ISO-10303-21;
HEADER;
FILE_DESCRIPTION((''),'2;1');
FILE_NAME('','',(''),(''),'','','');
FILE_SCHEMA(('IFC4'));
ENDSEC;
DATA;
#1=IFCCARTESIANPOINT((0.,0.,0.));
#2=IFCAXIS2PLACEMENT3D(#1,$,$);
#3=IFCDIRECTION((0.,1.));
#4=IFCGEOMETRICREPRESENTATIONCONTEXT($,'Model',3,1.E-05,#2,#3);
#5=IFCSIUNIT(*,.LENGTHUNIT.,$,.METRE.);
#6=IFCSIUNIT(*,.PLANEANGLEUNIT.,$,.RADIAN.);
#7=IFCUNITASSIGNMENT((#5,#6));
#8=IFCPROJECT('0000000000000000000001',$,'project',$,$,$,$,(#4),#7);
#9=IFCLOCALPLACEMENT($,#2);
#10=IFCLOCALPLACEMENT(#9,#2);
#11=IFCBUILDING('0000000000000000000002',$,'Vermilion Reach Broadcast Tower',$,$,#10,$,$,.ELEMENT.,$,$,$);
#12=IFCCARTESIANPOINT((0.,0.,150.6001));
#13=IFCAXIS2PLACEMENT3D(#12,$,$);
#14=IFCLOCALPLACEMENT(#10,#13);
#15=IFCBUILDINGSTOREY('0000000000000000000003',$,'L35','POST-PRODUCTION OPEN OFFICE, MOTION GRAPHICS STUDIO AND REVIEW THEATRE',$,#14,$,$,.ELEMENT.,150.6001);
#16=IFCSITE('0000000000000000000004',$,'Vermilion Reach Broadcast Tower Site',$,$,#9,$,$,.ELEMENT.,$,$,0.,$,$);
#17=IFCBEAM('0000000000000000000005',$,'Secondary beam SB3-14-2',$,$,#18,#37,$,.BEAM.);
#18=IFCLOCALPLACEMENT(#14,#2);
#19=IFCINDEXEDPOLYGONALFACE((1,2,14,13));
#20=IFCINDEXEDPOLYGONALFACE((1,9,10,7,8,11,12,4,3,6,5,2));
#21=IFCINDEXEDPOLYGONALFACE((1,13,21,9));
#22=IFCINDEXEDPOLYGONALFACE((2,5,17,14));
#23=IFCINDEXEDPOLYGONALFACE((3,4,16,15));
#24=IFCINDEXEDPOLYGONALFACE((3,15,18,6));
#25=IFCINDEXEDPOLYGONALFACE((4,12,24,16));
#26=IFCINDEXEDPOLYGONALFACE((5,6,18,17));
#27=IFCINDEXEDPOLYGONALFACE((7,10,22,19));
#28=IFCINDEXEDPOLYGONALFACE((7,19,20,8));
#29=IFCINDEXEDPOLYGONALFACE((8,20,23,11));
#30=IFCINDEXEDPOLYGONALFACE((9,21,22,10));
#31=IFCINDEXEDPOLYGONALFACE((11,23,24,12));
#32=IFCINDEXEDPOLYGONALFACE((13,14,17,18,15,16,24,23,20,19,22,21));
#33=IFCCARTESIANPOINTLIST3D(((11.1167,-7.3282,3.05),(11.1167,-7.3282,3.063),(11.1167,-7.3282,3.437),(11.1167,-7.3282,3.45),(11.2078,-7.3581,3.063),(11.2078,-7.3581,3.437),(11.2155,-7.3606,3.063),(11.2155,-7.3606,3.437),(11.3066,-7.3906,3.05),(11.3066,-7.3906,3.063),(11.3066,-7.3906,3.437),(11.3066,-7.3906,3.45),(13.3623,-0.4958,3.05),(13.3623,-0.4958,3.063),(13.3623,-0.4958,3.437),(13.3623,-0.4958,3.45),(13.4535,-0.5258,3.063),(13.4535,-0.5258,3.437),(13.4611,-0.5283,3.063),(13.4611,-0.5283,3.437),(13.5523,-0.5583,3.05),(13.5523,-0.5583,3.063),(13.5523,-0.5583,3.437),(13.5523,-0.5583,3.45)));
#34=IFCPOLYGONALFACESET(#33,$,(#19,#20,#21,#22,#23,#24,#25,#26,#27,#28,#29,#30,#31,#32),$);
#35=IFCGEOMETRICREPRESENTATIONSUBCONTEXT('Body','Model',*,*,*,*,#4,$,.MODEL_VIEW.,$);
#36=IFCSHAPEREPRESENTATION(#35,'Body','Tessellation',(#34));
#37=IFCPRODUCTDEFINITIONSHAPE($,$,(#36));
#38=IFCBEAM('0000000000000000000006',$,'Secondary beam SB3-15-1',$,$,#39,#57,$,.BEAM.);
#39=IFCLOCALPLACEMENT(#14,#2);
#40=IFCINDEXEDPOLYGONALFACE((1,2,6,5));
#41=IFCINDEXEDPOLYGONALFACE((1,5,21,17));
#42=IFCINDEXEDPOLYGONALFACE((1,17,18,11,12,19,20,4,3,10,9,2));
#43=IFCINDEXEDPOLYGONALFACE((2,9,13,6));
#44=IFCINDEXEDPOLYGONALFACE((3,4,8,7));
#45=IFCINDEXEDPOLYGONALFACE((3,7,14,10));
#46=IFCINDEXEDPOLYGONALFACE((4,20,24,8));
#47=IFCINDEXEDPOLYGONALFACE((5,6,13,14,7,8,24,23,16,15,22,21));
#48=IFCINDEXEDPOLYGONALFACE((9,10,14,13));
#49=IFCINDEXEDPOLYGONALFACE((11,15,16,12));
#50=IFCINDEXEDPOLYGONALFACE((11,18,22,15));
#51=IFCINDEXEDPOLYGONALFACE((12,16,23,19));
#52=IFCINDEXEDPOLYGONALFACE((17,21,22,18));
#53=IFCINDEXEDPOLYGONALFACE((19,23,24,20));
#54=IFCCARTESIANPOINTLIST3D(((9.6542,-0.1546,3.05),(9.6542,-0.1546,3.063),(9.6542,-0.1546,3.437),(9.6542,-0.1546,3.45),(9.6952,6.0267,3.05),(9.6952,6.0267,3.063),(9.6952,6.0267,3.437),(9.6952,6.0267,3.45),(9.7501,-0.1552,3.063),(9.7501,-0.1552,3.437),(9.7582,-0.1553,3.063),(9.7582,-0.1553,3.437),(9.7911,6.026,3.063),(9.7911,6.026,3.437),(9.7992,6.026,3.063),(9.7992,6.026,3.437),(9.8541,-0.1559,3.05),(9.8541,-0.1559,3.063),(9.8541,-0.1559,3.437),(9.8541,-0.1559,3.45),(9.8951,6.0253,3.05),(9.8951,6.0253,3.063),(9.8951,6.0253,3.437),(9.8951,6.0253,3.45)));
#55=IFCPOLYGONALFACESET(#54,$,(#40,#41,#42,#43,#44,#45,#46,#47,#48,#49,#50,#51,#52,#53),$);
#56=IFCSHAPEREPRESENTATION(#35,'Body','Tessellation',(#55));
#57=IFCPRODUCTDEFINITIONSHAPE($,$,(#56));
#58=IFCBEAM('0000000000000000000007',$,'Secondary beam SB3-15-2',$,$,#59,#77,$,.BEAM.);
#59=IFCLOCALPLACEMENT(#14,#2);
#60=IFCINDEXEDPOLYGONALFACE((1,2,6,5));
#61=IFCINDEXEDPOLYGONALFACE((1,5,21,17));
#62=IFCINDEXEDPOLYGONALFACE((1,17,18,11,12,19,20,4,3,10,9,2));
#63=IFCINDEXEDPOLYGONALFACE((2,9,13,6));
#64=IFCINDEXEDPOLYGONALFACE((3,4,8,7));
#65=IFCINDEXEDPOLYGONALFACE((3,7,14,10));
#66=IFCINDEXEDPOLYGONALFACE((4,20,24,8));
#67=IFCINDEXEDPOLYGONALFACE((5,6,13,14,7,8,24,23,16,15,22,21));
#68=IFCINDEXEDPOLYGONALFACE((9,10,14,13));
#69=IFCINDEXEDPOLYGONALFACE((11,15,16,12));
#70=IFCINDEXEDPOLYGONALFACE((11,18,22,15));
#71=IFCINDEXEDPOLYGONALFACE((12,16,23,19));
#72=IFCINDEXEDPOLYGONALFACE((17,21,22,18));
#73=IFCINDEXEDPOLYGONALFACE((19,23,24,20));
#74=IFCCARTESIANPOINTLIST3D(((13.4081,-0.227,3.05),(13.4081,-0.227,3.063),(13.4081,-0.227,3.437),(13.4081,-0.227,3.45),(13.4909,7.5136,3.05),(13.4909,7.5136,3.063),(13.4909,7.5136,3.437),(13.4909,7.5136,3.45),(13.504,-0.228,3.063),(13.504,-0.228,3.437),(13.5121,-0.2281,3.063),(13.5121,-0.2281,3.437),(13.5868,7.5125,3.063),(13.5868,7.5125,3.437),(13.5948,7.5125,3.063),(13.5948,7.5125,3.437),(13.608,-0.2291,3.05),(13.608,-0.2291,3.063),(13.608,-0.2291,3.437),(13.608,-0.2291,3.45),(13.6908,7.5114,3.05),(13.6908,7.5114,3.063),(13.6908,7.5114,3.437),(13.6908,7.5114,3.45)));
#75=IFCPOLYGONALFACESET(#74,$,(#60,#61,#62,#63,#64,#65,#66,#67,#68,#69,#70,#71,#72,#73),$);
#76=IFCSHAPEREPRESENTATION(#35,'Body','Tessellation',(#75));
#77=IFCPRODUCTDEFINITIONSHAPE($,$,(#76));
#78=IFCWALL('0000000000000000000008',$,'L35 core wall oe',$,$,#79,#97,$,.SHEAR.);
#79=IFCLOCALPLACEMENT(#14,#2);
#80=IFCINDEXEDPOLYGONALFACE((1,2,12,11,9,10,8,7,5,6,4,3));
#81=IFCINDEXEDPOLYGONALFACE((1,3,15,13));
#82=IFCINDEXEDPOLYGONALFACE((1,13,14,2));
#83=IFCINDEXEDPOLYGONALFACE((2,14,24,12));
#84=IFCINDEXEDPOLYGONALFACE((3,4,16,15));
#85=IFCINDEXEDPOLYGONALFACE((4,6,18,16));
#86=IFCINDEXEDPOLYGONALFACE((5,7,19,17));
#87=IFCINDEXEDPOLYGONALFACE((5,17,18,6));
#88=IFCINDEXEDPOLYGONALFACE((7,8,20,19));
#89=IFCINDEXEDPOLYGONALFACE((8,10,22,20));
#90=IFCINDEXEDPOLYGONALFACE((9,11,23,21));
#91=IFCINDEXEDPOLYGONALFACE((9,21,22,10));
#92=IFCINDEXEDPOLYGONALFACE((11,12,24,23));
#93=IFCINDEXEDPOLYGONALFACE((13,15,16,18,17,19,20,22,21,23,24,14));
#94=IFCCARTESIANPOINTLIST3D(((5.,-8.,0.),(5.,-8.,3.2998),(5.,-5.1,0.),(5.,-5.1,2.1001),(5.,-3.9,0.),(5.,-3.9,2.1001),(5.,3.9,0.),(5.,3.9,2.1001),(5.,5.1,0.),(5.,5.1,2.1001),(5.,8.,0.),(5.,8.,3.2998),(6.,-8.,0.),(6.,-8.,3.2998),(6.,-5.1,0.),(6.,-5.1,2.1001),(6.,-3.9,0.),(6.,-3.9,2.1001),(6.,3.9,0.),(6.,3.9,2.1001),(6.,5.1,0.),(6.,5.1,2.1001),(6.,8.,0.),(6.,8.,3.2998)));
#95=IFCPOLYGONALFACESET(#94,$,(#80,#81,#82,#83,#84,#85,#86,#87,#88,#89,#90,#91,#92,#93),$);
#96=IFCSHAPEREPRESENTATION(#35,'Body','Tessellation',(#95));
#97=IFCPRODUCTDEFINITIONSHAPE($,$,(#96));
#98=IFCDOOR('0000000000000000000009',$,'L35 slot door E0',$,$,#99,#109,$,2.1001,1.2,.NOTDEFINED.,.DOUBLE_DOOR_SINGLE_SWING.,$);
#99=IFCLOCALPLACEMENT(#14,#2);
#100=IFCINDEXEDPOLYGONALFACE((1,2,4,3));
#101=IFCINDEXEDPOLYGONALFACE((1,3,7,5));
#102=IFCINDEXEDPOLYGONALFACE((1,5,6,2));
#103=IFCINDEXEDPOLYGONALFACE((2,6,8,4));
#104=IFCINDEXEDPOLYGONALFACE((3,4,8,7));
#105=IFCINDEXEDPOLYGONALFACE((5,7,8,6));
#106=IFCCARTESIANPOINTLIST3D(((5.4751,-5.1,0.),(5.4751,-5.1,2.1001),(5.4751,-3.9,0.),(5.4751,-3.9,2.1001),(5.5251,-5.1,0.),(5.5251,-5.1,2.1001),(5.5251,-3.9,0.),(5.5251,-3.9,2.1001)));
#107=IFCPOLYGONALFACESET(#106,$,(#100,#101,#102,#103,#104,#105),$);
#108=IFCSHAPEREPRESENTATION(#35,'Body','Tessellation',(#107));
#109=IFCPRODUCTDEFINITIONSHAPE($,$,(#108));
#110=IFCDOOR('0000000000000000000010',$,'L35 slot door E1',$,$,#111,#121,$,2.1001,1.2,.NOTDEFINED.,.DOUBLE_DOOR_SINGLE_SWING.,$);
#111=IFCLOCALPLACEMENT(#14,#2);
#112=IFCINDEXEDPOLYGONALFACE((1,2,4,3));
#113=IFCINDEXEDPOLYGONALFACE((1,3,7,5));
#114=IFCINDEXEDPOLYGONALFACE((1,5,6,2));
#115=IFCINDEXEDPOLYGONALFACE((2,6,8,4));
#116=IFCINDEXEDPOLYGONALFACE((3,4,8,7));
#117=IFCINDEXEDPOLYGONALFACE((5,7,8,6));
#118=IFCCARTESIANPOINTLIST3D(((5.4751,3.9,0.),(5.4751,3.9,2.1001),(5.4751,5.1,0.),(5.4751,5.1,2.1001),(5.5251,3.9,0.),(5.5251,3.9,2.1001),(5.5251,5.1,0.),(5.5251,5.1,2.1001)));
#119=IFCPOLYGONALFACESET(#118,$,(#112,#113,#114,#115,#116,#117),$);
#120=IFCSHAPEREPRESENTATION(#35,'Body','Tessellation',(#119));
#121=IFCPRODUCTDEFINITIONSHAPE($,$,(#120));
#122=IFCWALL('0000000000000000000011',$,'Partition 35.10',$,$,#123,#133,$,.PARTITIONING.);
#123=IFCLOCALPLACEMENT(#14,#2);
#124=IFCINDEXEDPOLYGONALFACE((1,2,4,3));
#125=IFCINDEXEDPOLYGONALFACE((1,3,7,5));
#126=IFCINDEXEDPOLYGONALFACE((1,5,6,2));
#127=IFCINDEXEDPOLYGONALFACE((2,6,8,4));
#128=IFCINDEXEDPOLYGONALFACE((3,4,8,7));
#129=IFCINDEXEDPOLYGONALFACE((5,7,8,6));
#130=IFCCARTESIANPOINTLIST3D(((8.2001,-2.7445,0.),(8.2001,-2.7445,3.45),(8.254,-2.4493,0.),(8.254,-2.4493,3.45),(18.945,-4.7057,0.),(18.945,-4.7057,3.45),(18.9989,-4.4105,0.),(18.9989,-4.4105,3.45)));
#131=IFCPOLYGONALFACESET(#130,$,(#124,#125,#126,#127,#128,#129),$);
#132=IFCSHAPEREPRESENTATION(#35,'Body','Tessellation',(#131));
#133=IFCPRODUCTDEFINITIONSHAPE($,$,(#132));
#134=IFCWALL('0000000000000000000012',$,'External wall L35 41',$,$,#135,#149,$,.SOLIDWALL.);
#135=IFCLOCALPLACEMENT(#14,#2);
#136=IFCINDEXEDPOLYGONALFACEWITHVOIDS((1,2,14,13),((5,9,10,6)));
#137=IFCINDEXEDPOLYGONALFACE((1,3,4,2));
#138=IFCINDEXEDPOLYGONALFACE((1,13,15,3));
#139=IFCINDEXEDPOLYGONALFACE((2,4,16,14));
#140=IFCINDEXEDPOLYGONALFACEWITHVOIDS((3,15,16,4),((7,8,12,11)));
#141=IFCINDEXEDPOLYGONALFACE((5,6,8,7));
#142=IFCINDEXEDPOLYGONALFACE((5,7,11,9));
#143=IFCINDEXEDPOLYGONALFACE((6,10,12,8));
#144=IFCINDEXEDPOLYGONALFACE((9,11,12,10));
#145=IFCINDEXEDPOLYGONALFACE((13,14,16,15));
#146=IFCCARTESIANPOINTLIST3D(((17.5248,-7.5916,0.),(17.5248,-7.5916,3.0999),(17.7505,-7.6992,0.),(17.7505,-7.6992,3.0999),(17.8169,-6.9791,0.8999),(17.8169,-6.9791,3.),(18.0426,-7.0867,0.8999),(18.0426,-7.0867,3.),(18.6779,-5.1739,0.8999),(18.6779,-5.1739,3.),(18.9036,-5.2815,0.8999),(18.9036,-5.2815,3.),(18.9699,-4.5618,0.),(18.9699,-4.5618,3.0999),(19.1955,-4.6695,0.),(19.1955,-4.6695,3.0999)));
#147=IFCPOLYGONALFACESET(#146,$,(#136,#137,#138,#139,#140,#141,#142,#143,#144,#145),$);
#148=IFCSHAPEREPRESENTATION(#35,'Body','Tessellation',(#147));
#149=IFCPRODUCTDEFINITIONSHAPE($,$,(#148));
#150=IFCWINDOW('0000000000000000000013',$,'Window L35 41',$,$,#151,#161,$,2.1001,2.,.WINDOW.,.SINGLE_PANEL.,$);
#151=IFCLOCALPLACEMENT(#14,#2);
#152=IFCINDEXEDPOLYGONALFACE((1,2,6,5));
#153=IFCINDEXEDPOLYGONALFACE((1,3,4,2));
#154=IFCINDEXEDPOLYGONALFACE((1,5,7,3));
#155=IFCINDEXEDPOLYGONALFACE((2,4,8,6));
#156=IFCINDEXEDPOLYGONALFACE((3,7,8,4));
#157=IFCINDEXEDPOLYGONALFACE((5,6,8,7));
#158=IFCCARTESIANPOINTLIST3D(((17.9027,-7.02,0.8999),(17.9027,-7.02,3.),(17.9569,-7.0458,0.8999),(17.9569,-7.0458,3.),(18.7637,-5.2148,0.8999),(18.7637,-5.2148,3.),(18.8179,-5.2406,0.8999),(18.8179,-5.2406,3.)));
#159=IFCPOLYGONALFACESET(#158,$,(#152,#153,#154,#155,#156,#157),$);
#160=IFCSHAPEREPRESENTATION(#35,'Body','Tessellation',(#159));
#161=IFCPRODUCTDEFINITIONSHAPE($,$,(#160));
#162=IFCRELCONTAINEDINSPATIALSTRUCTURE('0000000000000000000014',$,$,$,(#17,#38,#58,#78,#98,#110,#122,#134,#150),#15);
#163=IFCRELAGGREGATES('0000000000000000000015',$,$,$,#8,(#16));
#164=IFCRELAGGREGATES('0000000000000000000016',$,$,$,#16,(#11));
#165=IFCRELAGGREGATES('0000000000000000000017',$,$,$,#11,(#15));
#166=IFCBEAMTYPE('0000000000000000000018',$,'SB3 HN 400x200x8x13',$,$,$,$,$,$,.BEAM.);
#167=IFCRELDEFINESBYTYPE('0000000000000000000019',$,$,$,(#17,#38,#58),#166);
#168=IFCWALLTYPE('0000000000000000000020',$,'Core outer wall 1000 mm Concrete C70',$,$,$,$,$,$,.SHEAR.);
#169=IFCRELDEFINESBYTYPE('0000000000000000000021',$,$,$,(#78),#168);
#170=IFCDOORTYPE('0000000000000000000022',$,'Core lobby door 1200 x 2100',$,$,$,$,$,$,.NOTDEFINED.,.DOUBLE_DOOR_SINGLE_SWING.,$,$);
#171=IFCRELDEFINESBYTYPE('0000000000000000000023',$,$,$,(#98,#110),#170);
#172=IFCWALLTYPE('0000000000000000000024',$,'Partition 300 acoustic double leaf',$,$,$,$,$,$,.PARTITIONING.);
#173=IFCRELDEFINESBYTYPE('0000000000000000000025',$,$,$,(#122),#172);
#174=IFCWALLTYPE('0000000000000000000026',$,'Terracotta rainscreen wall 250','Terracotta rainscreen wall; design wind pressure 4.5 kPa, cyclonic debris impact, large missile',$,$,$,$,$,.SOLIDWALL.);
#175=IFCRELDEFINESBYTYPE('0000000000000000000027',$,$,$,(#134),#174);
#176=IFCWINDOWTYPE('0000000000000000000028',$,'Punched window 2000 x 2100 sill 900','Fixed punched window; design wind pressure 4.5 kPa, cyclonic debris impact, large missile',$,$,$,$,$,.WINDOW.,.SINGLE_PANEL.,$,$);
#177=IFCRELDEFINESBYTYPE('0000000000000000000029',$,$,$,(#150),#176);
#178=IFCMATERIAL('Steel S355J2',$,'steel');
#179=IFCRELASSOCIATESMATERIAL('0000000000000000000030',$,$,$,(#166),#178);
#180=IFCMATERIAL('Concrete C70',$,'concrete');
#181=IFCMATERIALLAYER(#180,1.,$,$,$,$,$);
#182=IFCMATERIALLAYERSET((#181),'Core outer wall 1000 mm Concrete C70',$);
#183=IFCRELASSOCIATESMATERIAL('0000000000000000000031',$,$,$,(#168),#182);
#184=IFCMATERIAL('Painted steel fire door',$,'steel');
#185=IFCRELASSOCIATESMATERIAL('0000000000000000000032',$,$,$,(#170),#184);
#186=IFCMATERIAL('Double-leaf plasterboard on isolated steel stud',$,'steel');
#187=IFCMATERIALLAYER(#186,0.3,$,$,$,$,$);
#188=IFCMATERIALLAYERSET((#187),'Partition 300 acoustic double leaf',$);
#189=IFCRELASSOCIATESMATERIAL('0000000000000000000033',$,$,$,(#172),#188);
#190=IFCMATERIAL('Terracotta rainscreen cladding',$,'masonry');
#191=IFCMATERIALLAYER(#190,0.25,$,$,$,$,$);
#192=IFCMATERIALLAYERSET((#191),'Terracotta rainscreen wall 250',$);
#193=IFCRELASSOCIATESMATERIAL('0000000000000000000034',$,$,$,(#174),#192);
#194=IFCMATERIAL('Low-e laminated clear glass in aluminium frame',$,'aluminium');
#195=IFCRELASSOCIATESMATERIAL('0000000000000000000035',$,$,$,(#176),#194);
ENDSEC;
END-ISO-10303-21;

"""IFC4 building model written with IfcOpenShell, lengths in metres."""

from ifc_helpers import new_model, si_unit, direction, frame, frame_2d, origin, origin_2d, place, context, subcontext, project, spatial, rectangle, i_section, extrude, material, layer, layer_set, material_profile, profile_set, type_object, element, fill, save


model = new_model("IFC4")

# Units and contexts
model_context = context("Model", 3, precision=1e-05, world=origin(), true_north=direction((0.0, 1.0)))
body_context = subcontext(model_context, "Body", "Model", "MODEL_VIEW")
ifc_project = project(units=[si_unit("LENGTHUNIT", "METRE"), si_unit("PLANEANGLEUNIT", "RADIAN")], contexts=[model_context])

# Site, building, storey
site_placement = place(None, origin())
site = spatial("IfcSite", under=ifc_project, at=site_placement, Name="Vermilion Reach Broadcast Tower Site", CompositionType="ELEMENT", RefElevation=0.0)
building_placement = place(site_placement, origin())
building = spatial("IfcBuilding", under=site, at=building_placement, Name="Vermilion Reach Broadcast Tower", CompositionType="ELEMENT")
storey_placement = place(building_placement, frame((0.0, 0.0, 150.6001)))
storey = spatial("IfcBuildingStorey", under=building, at=storey_placement, Name="L35", Description="POST-PRODUCTION OPEN OFFICE, MOTION GRAPHICS STUDIO AND REVIEW THEATRE", CompositionType="ELEMENT", Elevation=150.6001)

# Beams
ifc_material_1 = material(Name="Steel S355J2", Category="steel")
ifc_material_profile_1 = material_profile(ifc_material_1, i_section(OverallWidth=0.2, OverallDepth=0.3999, WebThickness=0.0081, FlangeThickness=0.0129, at=origin_2d()), Name="S355J2 HN 400x200x8x13")
ifc_profile_set_1 = profile_set([ifc_material_profile_1], Name="Steel S355J2")
beam_type_1 = type_object("IfcBeamType", Name="SB3 HN 400x200x8x13", PredefinedType="BEAM", material=ifc_profile_set_1)
beam_1_placement = place(storey_placement, frame((11.2117, -7.3594, 3.25), z_axis=(0.312243, 0.950002, 0.0), x_axis=(-0.950002, 0.312243, 0.0)))
element("IfcBeam", 1, at=beam_1_placement, inside=storey, type_object=beam_type_1, Name="Secondary beam SB3-14-2", PredefinedType="BEAM", context=body_context, shape_type="SweptSolid", body=[
    extrude(i_section(OverallWidth=0.2, OverallDepth=0.3999, WebThickness=0.0081, FlangeThickness=0.0129, at=origin_2d()), origin(), (0.0, 0.0, 1.0), 7.1919),
])
beam_2_placement = place(storey_placement, frame((9.7542, -0.1553, 3.25), z_axis=(0.006635, 0.999978, 0.0), x_axis=(-0.999978, 0.006635, 0.0)))
element("IfcBeam", 2, at=beam_2_placement, inside=storey, type_object=beam_type_1, Name="Secondary beam SB3-15-1", PredefinedType="BEAM", context=body_context, shape_type="SweptSolid", body=[
    extrude(i_section(OverallWidth=0.2, OverallDepth=0.3999, WebThickness=0.0081, FlangeThickness=0.0129, at=origin_2d()), origin(), (0.0, 0.0, 1.0), 6.1814),
])
beam_3_placement = place(storey_placement, frame((13.5081, -0.228, 3.25), z_axis=(0.010692, 0.999943, 0.0), x_axis=(-0.999943, 0.010692, 0.0)))
element("IfcBeam", 3, at=beam_3_placement, inside=storey, type_object=beam_type_1, Name="Secondary beam SB3-15-2", PredefinedType="BEAM", context=body_context, shape_type="SweptSolid", body=[
    extrude(i_section(OverallWidth=0.2, OverallDepth=0.3999, WebThickness=0.0081, FlangeThickness=0.0129, at=origin_2d()), origin(), (0.0, 0.0, 1.0), 7.741),
])

# Wall, openings, doors
ifc_material_2 = material(Name="Concrete C70", Category="concrete")
ifc_layer_1 = layer(ifc_material_2, 1.0)
ifc_layer_set_1 = layer_set([ifc_layer_1], Name="Core outer wall 1000 mm Concrete C70")
wall_type_1 = type_object("IfcWallType", Name="Core outer wall 1000 mm Concrete C70", PredefinedType="SHEAR", material=ifc_layer_set_1)
wall_1_placement = place(storey_placement, frame((5.5, -8.0, 0.0), z_axis=(0.0, 0.0, 1.0), x_axis=(0.0, 1.0, 0.0)))
wall_1 = element("IfcWall", 4, at=wall_1_placement, inside=storey, type_object=wall_type_1, Name="L35 core wall oe", PredefinedType="SHEAR", context=body_context, shape_type="SweptSolid", body=[
    extrude(rectangle(XDim=16.0, YDim=1.0, at=frame_2d((8.0, 0.0))), origin(), (0.0, 0.0, 1.0), 3.2998),
])
opening_1_placement = place(wall_1_placement, frame((2.8999, 0.0, 0.0)))
opening_1 = element("IfcOpeningElement", 5, at=opening_1_placement, cuts=wall_1, PredefinedType="OPENING", context=body_context, shape_type="SweptSolid", body=[
    extrude(rectangle(XDim=1.2, YDim=2.1001, at=frame_2d((0.6001, 1.05))), frame((0.0, 0.51, 0.0), z_axis=(0.0, -1.0, 0.0), x_axis=(1.0, 0.0, 0.0)), (0.0, 0.0, 1.0), 1.02),
])
opening_2_placement = place(wall_1_placement, frame((11.8999, 0.0, 0.0)))
opening_2 = element("IfcOpeningElement", 6, at=opening_2_placement, cuts=wall_1, PredefinedType="OPENING", context=body_context, shape_type="SweptSolid", body=[
    extrude(rectangle(XDim=1.2, YDim=2.1001, at=frame_2d((0.6001, 1.05))), frame((0.0, 0.51, 0.0), z_axis=(0.0, -1.0, 0.0), x_axis=(1.0, 0.0, 0.0)), (0.0, 0.0, 1.0), 1.02),
])
ifc_material_3 = material(Name="Painted steel fire door", Category="steel")
door_type_1 = type_object("IfcDoorType", Name="Core lobby door 1200 x 2100", OperationType="DOUBLE_DOOR_SINGLE_SWING", PredefinedType="NOTDEFINED", material=ifc_material_3)
door_1_placement = place(opening_1_placement, origin())
door_1 = element("IfcDoor", 7, at=door_1_placement, inside=storey, type_object=door_type_1, Name="L35 slot door E0", OperationType="DOUBLE_DOOR_SINGLE_SWING", OverallHeight=2.1001, OverallWidth=1.2, PredefinedType="NOTDEFINED", context=body_context, shape_type="SweptSolid", body=[
    extrude(rectangle(XDim=1.2, YDim=2.1001, at=frame_2d((0.6001, 1.05))), frame((0.0, 0.0249, 0.0), z_axis=(0.0, -1.0, 0.0), x_axis=(1.0, 0.0, 0.0)), (0.0, 0.0, 1.0), 0.05),
])
fill(opening_1, door_1)
door_2_placement = place(opening_2_placement, origin())
door_2 = element("IfcDoor", 8, at=door_2_placement, inside=storey, type_object=door_type_1, Name="L35 slot door E1", OperationType="DOUBLE_DOOR_SINGLE_SWING", OverallHeight=2.1001, OverallWidth=1.2, PredefinedType="NOTDEFINED", context=body_context, shape_type="SweptSolid", body=[
    extrude(rectangle(XDim=1.2, YDim=2.1001, at=frame_2d((0.6001, 1.05))), frame((0.0, 0.0249, 0.0), z_axis=(0.0, -1.0, 0.0), x_axis=(1.0, 0.0, 0.0)), (0.0, 0.0, 1.0), 0.05),
])
fill(opening_2, door_2)

# Wall
ifc_material_4 = material(Name="Double-leaf plasterboard on isolated steel stud", Category="steel")
ifc_layer_2 = layer(ifc_material_4, 0.3)
ifc_layer_set_2 = layer_set([ifc_layer_2], Name="Partition 300 acoustic double leaf")
wall_type_2 = type_object("IfcWallType", Name="Partition 300 acoustic double leaf", PredefinedType="PARTITIONING", material=ifc_layer_set_2)
wall_2_placement = place(storey_placement, frame((18.9719, -4.5581, 0.0), z_axis=(0.0, 0.0, 1.0), x_axis=(-0.983748, 0.179556, 0.0)))
element("IfcWall", 9, at=wall_2_placement, inside=storey, type_object=wall_type_2, Name="Partition 35.10", PredefinedType="PARTITIONING", context=body_context, shape_type="SweptSolid", body=[
    extrude(rectangle(XDim=10.9224, YDim=0.3, at=frame_2d((5.4612, 0.0))), origin(), (0.0, 0.0, 1.0), 3.45),
])

# Wall, opening, window
ifc_material_5 = material(Name="Terracotta rainscreen cladding", Category="masonry")
ifc_layer_3 = layer(ifc_material_5, 0.25)
ifc_layer_set_3 = layer_set([ifc_layer_3], Name="Terracotta rainscreen wall 250")
wall_type_3 = type_object("IfcWallType", Name="Terracotta rainscreen wall 250", Description="Terracotta rainscreen wall; design wind pressure 4.5 kPa, cyclonic debris impact, large missile", PredefinedType="SOLIDWALL", material=ifc_layer_set_3)
wall_3_placement = place(storey_placement, frame((17.6377, -7.6453, 0.0), z_axis=(0.0, 0.0, 1.0), x_axis=(0.430495, 0.902593, 0.0)))
wall_3 = element("IfcWall", 10, at=wall_3_placement, inside=storey, type_object=wall_type_3, Name="External wall L35 41", PredefinedType="SOLIDWALL", context=body_context, shape_type="SweptSolid", body=[
    extrude(rectangle(XDim=3.3567, YDim=0.25, at=frame_2d((1.6782, 0.0))), origin(), (0.0, 0.0, 1.0), 3.0999),
])
opening_3_placement = place(wall_3_placement, frame((0.6785, 0.0, 0.8999)))
opening_3 = element("IfcOpeningElement", 11, at=opening_3_placement, cuts=wall_3, PredefinedType="OPENING", context=body_context, shape_type="SweptSolid", body=[
    extrude(rectangle(XDim=2.0, YDim=2.1001, at=frame_2d((1.0, 1.05))), frame((0.0, 0.135, 0.0), z_axis=(0.0, -1.0, 0.0), x_axis=(1.0, 0.0, 0.0)), (0.0, 0.0, 1.0), 0.27),
])
ifc_material_6 = material(Name="Low-e laminated clear glass in aluminium frame", Category="aluminium")
window_type = type_object("IfcWindowType", Name="Punched window 2000 x 2100 sill 900", Description="Fixed punched window; design wind pressure 4.5 kPa, cyclonic debris impact, large missile", PartitioningType="SINGLE_PANEL", PredefinedType="WINDOW", material=ifc_material_6)
window_1_placement = place(opening_3_placement, origin())
window_1 = element("IfcWindow", 12, at=window_1_placement, inside=storey, type_object=window_type, Name="Window L35 41", OverallHeight=2.1001, OverallWidth=2.0, PartitioningType="SINGLE_PANEL", PredefinedType="WINDOW", context=body_context, shape_type="SweptSolid", body=[
    extrude(rectangle(XDim=2.0, YDim=2.1001, at=frame_2d((1.0, 1.05))), frame((0.0, 0.03, 0.0), z_axis=(0.0, -1.0, 0.0), x_axis=(1.0, 0.0, 0.0)), (0.0, 0.0, 1.0), 0.0601),
])
fill(opening_3, window_1)

save(model, "model.ifc")
